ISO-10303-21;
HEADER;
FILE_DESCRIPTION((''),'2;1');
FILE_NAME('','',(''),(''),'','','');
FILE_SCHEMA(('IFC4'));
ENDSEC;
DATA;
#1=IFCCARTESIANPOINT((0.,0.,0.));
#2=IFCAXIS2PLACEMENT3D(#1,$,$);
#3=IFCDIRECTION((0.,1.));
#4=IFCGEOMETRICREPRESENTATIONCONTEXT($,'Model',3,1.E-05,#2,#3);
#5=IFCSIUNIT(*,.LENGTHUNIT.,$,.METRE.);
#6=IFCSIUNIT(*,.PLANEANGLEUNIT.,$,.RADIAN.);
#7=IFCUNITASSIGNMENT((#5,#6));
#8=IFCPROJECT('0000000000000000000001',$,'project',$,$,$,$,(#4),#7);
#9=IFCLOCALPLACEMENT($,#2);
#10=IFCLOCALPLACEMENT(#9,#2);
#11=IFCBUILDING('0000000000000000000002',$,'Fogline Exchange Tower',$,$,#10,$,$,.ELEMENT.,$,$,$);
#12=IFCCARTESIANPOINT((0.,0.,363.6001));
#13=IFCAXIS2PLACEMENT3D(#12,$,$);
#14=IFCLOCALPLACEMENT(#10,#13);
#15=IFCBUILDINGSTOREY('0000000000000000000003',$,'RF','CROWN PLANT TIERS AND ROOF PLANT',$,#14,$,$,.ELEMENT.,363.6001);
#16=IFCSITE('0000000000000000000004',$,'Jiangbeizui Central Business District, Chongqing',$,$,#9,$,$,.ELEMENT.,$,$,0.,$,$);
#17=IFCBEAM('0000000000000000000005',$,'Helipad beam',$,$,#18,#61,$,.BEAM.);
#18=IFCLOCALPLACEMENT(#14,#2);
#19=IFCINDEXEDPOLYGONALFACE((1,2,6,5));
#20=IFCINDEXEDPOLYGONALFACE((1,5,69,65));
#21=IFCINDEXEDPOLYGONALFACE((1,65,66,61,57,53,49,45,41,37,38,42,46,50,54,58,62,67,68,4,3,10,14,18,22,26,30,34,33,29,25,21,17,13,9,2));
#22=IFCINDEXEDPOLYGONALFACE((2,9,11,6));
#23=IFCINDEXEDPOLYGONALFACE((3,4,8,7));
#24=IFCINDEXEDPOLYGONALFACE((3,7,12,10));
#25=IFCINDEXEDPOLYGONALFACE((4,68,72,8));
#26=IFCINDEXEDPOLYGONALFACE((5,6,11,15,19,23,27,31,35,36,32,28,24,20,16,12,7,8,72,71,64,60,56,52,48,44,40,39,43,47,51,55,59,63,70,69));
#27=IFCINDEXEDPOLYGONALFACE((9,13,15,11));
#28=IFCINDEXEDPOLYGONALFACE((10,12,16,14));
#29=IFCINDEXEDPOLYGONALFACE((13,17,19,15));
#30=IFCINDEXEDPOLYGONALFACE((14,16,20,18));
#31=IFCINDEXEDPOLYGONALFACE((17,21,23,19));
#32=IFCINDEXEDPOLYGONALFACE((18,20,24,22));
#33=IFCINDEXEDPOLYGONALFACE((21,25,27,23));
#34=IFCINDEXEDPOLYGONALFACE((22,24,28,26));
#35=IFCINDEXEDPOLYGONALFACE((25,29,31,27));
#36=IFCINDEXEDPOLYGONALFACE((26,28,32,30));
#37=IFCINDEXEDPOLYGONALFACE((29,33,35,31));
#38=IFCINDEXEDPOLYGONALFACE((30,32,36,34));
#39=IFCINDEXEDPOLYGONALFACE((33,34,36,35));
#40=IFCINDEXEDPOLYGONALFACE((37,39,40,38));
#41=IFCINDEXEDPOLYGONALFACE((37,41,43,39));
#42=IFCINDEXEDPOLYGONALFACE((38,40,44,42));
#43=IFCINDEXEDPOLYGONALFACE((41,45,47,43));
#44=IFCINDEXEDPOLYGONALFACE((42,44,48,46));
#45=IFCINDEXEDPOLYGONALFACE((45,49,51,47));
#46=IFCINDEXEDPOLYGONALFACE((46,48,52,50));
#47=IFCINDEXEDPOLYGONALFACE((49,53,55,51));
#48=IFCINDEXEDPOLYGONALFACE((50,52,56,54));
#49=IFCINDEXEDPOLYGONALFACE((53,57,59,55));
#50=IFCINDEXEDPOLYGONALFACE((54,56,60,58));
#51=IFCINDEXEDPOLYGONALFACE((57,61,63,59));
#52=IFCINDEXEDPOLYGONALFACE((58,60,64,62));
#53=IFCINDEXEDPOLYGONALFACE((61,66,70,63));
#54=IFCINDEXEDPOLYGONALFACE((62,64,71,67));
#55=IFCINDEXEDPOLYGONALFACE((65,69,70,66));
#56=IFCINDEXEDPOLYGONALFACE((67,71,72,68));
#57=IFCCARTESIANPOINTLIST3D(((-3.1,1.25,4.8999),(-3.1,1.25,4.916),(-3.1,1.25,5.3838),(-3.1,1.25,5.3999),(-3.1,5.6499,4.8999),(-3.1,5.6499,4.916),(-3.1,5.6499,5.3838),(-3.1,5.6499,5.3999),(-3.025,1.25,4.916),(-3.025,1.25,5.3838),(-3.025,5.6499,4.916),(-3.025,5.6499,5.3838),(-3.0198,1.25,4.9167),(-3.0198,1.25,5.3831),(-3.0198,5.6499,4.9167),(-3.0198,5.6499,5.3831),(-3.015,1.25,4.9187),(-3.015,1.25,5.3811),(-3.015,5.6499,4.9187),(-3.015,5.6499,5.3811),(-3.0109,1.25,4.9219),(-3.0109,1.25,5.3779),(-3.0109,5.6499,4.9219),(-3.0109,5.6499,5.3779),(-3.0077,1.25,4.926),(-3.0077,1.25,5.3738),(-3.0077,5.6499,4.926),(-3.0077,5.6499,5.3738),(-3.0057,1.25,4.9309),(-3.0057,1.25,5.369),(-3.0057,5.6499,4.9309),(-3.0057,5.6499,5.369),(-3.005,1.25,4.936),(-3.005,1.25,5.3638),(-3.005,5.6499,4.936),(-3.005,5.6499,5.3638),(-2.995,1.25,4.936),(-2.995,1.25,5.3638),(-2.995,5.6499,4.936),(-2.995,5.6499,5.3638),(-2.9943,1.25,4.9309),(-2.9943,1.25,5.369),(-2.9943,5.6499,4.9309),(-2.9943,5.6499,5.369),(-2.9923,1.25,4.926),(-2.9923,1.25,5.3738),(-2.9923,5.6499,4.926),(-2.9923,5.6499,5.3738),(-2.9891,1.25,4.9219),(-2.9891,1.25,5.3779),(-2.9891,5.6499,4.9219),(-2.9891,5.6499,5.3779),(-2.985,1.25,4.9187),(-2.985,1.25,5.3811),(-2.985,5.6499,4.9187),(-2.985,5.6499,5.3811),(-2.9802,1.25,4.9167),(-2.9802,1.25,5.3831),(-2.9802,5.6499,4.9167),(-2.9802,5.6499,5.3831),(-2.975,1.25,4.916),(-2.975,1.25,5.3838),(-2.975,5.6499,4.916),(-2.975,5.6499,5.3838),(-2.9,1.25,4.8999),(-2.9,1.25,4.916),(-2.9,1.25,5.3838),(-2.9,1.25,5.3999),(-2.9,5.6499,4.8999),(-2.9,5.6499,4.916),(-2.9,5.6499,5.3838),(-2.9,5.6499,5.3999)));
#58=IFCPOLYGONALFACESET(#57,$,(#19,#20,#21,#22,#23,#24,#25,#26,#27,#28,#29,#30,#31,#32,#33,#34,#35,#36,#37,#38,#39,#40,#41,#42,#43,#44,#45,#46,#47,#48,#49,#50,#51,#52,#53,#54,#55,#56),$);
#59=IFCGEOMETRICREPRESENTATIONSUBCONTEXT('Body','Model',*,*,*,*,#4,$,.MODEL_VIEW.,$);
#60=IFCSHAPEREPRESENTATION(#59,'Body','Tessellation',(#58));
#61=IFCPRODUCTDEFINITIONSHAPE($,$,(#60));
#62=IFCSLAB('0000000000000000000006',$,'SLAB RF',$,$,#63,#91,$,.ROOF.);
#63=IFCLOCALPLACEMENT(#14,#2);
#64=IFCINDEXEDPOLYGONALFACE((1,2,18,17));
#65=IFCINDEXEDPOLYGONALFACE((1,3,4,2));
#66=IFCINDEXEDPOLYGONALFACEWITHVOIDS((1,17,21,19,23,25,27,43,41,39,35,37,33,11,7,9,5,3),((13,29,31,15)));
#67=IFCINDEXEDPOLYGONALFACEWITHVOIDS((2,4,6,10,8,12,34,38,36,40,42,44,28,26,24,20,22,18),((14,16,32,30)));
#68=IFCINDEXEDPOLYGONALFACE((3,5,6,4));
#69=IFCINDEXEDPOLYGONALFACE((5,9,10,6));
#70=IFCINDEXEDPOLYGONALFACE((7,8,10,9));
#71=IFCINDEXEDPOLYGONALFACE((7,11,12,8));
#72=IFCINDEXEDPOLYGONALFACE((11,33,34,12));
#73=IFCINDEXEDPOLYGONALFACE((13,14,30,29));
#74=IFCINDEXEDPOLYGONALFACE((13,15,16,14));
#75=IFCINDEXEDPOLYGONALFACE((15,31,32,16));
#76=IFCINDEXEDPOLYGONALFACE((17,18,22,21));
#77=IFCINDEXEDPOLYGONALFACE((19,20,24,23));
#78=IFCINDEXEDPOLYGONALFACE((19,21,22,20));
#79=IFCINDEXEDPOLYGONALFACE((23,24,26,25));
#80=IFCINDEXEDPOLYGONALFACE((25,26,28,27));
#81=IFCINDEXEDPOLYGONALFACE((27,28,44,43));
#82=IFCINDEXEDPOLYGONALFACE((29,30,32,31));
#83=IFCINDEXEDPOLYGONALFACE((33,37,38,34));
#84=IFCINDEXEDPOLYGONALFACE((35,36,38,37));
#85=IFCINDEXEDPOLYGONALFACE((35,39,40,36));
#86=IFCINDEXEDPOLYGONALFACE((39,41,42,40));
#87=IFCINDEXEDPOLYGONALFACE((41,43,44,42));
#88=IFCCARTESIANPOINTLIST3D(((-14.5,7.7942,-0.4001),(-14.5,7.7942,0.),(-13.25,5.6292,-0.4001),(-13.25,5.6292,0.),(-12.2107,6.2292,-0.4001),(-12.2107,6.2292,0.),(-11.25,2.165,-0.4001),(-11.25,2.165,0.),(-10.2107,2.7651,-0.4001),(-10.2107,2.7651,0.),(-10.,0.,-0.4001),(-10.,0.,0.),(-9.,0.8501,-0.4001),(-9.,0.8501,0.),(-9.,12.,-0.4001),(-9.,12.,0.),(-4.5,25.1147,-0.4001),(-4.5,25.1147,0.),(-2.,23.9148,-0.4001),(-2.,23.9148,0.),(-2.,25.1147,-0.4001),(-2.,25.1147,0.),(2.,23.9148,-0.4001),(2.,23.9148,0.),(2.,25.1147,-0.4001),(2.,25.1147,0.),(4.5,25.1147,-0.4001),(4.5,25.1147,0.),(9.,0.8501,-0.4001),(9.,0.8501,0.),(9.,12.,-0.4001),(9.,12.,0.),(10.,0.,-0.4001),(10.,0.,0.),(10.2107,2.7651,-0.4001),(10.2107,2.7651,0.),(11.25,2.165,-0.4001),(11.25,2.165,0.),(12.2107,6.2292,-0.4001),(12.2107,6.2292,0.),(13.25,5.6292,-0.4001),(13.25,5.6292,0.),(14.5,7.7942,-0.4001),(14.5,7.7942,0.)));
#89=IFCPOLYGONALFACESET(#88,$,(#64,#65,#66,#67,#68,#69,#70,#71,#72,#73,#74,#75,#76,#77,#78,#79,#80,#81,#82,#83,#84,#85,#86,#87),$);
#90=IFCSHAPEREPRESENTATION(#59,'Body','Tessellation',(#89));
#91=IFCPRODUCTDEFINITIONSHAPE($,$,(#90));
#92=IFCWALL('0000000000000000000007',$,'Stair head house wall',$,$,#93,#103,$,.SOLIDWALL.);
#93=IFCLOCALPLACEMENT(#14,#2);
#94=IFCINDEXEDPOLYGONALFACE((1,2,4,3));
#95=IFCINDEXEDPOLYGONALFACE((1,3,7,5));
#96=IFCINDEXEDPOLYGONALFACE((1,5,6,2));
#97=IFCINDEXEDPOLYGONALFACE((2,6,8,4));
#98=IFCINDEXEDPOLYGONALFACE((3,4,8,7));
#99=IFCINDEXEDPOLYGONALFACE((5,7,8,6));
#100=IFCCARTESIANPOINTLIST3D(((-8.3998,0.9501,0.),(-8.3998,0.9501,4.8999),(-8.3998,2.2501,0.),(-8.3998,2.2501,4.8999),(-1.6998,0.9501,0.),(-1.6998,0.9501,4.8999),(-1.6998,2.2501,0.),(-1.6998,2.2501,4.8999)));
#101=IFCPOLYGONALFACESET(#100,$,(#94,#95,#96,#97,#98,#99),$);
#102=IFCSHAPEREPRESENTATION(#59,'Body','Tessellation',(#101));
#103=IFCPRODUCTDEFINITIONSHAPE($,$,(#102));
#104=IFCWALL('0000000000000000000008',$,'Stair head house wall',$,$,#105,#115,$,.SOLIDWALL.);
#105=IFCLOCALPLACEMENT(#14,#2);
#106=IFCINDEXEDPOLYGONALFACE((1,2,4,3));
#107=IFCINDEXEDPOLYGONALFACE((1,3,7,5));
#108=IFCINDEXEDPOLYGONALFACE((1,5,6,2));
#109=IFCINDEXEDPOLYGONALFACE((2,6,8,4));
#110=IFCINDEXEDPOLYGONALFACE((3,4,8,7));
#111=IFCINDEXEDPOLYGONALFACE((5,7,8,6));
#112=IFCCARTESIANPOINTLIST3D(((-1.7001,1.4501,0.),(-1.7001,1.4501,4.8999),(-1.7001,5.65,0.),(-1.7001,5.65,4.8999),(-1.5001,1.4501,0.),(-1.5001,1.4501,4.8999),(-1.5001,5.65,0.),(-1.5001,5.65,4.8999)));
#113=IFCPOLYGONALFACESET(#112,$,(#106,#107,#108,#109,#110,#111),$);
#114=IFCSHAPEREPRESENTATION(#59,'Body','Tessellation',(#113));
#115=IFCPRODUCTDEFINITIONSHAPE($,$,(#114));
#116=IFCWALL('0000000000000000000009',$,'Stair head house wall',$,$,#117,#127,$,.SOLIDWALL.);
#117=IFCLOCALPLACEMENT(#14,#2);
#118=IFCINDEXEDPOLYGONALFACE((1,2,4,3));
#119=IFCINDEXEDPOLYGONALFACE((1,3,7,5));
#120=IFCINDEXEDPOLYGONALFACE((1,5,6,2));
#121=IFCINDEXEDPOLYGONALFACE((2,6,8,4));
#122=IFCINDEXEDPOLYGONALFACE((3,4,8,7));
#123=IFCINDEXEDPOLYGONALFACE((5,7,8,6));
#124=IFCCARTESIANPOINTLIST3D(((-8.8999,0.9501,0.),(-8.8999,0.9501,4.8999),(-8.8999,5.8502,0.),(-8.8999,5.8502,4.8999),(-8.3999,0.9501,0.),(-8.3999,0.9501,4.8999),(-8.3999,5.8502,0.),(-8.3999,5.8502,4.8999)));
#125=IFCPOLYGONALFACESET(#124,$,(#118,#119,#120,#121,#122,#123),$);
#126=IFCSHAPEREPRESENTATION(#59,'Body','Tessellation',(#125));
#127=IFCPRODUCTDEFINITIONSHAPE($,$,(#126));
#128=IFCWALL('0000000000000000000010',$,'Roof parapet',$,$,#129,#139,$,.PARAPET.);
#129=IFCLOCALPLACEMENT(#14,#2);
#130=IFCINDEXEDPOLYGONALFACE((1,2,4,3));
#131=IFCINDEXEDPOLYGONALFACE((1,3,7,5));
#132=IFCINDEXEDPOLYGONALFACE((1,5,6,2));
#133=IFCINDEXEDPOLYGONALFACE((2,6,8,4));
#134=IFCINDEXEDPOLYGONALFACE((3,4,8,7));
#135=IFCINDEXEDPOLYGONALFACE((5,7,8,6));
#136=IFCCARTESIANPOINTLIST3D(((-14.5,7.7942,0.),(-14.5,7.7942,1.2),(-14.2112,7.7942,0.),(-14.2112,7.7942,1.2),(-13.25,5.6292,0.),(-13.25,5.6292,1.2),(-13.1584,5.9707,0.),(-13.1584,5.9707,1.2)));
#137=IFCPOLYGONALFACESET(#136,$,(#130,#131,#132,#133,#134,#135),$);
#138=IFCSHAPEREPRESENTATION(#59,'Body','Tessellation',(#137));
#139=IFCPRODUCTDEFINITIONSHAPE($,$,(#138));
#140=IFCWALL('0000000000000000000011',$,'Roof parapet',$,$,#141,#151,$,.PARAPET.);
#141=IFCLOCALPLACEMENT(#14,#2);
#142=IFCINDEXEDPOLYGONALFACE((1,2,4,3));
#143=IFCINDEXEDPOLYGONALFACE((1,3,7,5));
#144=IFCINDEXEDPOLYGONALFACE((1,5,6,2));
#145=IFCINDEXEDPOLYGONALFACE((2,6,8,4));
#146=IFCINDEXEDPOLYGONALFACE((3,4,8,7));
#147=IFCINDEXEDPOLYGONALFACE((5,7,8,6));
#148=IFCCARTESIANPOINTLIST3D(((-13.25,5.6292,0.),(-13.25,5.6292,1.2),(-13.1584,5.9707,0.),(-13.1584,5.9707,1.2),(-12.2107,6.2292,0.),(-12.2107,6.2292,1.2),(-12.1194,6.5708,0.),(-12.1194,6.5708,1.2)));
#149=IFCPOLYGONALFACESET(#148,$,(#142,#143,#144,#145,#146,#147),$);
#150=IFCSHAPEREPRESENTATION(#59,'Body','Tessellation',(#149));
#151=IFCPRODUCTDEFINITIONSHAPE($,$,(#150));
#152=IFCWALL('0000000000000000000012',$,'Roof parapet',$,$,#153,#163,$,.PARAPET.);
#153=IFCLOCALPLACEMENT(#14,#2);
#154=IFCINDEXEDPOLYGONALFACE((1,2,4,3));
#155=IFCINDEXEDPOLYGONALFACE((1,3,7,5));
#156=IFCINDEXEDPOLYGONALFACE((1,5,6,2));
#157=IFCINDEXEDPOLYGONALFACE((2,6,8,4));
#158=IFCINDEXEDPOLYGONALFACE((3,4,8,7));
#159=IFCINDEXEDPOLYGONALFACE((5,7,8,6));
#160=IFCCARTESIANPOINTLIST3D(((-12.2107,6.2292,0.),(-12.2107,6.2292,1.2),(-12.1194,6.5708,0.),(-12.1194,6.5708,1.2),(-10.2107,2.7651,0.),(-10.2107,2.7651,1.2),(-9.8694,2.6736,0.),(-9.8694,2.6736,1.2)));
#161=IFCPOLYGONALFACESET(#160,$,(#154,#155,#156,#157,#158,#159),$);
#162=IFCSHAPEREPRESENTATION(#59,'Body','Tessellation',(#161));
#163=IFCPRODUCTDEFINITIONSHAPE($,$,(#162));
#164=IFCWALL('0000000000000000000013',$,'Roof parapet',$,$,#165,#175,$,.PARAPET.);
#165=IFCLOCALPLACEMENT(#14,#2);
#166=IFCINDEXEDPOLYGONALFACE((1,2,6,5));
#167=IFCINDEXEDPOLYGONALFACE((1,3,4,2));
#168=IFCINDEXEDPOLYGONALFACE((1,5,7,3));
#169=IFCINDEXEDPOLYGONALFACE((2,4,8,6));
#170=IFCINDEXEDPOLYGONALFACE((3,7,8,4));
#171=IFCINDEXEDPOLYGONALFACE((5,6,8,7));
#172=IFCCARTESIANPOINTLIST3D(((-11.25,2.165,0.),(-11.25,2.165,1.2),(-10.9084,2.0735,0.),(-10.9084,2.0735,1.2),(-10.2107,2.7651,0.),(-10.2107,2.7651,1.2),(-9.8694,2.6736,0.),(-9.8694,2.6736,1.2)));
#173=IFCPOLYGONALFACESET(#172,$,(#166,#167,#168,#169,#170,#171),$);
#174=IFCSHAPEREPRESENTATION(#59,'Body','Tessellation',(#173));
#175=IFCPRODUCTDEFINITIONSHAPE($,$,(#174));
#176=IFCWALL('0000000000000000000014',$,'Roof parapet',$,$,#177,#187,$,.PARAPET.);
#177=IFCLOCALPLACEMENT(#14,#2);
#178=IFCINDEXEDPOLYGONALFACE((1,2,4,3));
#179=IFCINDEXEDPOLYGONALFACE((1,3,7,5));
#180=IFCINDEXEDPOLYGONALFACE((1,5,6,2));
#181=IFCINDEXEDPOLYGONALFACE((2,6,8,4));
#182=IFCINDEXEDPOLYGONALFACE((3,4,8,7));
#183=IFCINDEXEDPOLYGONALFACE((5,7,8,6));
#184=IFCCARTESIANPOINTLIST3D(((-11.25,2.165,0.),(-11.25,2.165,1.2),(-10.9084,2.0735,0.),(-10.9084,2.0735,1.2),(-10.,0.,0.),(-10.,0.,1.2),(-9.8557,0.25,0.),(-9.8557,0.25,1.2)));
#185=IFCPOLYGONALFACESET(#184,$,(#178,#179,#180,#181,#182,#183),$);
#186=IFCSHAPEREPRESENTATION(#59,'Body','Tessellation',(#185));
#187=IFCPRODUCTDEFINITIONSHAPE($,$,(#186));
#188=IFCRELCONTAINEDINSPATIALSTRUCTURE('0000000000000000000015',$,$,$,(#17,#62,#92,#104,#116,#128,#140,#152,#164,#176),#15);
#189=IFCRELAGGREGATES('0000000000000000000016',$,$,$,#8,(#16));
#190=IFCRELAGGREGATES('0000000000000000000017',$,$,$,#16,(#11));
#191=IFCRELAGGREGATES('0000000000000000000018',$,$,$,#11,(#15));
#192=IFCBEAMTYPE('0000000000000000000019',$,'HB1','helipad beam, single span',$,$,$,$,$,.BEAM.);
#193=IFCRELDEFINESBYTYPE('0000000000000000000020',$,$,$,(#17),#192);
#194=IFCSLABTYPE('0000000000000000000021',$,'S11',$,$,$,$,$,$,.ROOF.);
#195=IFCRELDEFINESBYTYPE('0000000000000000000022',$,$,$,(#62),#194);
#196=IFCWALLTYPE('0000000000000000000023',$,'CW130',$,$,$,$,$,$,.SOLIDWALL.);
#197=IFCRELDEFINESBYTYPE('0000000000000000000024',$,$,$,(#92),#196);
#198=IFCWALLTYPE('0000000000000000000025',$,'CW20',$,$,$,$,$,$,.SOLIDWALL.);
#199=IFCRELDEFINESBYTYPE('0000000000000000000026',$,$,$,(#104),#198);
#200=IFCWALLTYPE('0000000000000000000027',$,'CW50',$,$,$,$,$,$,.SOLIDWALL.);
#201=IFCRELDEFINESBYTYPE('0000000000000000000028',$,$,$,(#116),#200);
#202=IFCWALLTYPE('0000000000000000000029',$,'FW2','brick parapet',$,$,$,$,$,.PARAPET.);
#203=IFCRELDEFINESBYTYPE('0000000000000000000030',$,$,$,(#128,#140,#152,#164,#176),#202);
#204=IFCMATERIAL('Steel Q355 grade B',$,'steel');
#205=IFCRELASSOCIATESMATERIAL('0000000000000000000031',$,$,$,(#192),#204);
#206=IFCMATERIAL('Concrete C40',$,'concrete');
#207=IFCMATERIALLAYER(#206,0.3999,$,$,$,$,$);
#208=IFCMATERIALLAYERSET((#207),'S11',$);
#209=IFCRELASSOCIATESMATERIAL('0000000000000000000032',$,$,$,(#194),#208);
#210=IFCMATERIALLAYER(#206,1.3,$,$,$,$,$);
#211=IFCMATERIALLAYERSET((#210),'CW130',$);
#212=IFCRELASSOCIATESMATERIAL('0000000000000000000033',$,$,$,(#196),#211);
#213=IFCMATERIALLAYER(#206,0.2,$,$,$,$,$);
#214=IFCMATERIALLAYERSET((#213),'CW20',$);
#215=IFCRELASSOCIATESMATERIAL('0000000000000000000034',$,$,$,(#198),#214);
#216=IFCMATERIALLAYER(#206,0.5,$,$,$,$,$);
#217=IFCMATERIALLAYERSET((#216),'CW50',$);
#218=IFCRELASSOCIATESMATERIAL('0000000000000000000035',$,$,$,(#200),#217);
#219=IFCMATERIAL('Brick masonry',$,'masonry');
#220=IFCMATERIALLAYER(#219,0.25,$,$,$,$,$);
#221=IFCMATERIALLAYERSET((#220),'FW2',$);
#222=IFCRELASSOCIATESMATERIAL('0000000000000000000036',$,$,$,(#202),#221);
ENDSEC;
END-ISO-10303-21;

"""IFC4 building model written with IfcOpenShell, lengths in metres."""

from ifc_helpers import new_model, si_unit, direction, frame, frame_2d, origin, origin_2d, place, context, subcontext, project, spatial, polyline, rectangle, i_section, outline, extrude, material, layer, layer_set, material_profile, profile_set, type_object, element, save


model = new_model("IFC4")

# Units and contexts
model_context = context("Model", 3, precision=1e-05, world=origin(), true_north=direction((0.0, 1.0)))
body_context = subcontext(model_context, "Body", "Model", "MODEL_VIEW")
ifc_project = project(units=[si_unit("LENGTHUNIT", "METRE"), si_unit("PLANEANGLEUNIT", "RADIAN")], contexts=[model_context])

# Site, building, storey
site_placement = place(None, origin())
site = spatial("IfcSite", under=ifc_project, at=site_placement, Name="Jiangbeizui Central Business District, Chongqing", CompositionType="ELEMENT", RefElevation=0.0)
building_placement = place(site_placement, origin())
building = spatial("IfcBuilding", under=site, at=building_placement, Name="Fogline Exchange Tower", CompositionType="ELEMENT")
storey_placement = place(building_placement, frame((0.0, 0.0, 363.6001)))
storey = spatial("IfcBuildingStorey", under=building, at=storey_placement, Name="RF", Description="CROWN PLANT TIERS AND ROOF PLANT", CompositionType="ELEMENT", Elevation=363.6001)

# Beam
ifc_material_1 = material(Name="Steel Q355 grade B", Category="steel")
ifc_material_profile = material_profile(ifc_material_1, i_section(OverallWidth=0.2, OverallDepth=0.5, WebThickness=0.01, FlangeThickness=0.0161, FilletRadius=0.02, at=origin_2d()), Name="HN500X200X10X16")
ifc_profile_set = profile_set([ifc_material_profile], Name="Steel Q355 grade B")
beam_type = type_object("IfcBeamType", Name="HB1", Description="helipad beam, single span", PredefinedType="BEAM", material=ifc_profile_set)
for number, where, z_axis, x_axis, name in (
    (1, (-3.0, 1.25, 5.1499), (0.0, 1.0, 0.0), (-1.0, 0.0, 0.0), "Helipad beam"),
):
    element("IfcBeam", number, at=place(storey_placement, frame(where, z_axis=z_axis, x_axis=x_axis)), inside=storey, type_object=beam_type, Name=name, PredefinedType="BEAM", context=body_context, shape_type="SweptSolid", body=[
        extrude(i_section(OverallWidth=0.2, OverallDepth=0.5, WebThickness=0.01, FlangeThickness=0.0161, FilletRadius=0.02, at=origin_2d()), origin(), (0.0, 0.0, 1.0), 4.3999),
    ])

# Slab
ifc_material_2 = material(Name="Concrete C40", Category="concrete")
ifc_layer_1 = layer(ifc_material_2, 0.3999)
ifc_layer_set_1 = layer_set([ifc_layer_1], Name="S11")
slab_type = type_object("IfcSlabType", Name="S11", PredefinedType="ROOF", material=ifc_layer_set_1)
slab_placement = place(storey_placement, frame((0.0, 0.0, -0.4001)))
element("IfcSlab", 2, at=slab_placement, inside=storey, type_object=slab_type, Name="SLAB RF", PredefinedType="ROOF", context=body_context, shape_type="SweptSolid", body=[
    extrude(outline(polyline([(-4.5, 25.1147), (-14.5, 7.7942), (-13.25, 5.6292), (-12.2107, 6.2292), (-10.2107, 2.7651), (-11.25, 2.165), (-10.0, 0.0), (10.0, 0.0), (11.25, 2.165), (10.2107, 2.7651), (12.2107, 6.2292), (13.25, 5.6292), (14.5, 7.7942), (4.5, 25.1147), (2.0, 25.1147), (2.0, 23.9148), (-2.0, 23.9148), (-2.0, 25.1147), (-4.5, 25.1147)]), holes=[polyline([(9.0, 0.8501), (-9.0, 0.8501), (-9.0, 12.0), (9.0, 12.0), (9.0, 0.8501)])]), origin(), (0.0, 0.0, 1.0), 0.4001),
])

# Walls
ifc_layer_2 = layer(ifc_material_2, 1.3)
ifc_layer_set_2 = layer_set([ifc_layer_2], Name="CW130")
wall_type_1 = type_object("IfcWallType", Name="CW130", PredefinedType="SOLIDWALL", material=ifc_layer_set_2)
wall_1_placement = place(storey_placement, frame((-8.3999, 1.6001, 0.0), z_axis=(0.0, 0.0, 1.0), x_axis=(1.0, 0.0, 0.0)))
element("IfcWall", 3, at=wall_1_placement, inside=storey, type_object=wall_type_1, Name="Stair head house wall", PredefinedType="SOLIDWALL", context=body_context, shape_type="SweptSolid", body=[
    extrude(rectangle(XDim=6.7, YDim=1.3, at=frame_2d((3.3501, 0.0))), origin(), (0.0, 0.0, 1.0), 4.8999),
])
ifc_layer_3 = layer(ifc_material_2, 0.2)
ifc_layer_set_3 = layer_set([ifc_layer_3], Name="CW20")
wall_type_2 = type_object("IfcWallType", Name="CW20", PredefinedType="SOLIDWALL", material=ifc_layer_set_3)
wall_2_placement = place(storey_placement, frame((-1.6001, 1.45, 0.0), z_axis=(0.0, 0.0, 1.0), x_axis=(0.0, 1.0, 0.0)))
element("IfcWall", 4, at=wall_2_placement, inside=storey, type_object=wall_type_2, Name="Stair head house wall", PredefinedType="SOLIDWALL", context=body_context, shape_type="SweptSolid", body=[
    extrude(rectangle(XDim=4.2, YDim=0.2, at=frame_2d((2.1001, 0.0))), origin(), (0.0, 0.0, 1.0), 4.8999),
])
ifc_layer_4 = layer(ifc_material_2, 0.5)
ifc_layer_set_4 = layer_set([ifc_layer_4], Name="CW50")
wall_type_3 = type_object("IfcWallType", Name="CW50", PredefinedType="SOLIDWALL", material=ifc_layer_set_4)
wall_3_placement = place(storey_placement, frame((-8.6499, 0.95, 0.0), z_axis=(0.0, 0.0, 1.0), x_axis=(0.0, 1.0, 0.0)))
element("IfcWall", 5, at=wall_3_placement, inside=storey, type_object=wall_type_3, Name="Stair head house wall", PredefinedType="SOLIDWALL", context=body_context, shape_type="SweptSolid", body=[
    extrude(rectangle(XDim=4.9001, YDim=0.5, at=frame_2d((2.4502, 0.0))), origin(), (0.0, 0.0, 1.0), 4.8999),
])
ifc_material_3 = material(Name="Brick masonry", Category="masonry")
ifc_layer_5 = layer(ifc_material_3, 0.25)
ifc_layer_set_5 = layer_set([ifc_layer_5], Name="FW2")
wall_type_4 = type_object("IfcWallType", Name="FW2", Description="brick parapet", PredefinedType="PARAPET", material=ifc_layer_set_5)
wall_4_placement = place(storey_placement, origin())
element("IfcWall", 6, at=wall_4_placement, inside=storey, type_object=wall_type_4, Name="Roof parapet", PredefinedType="PARAPET", context=body_context, shape_type="SweptSolid", body=[
    extrude(outline(polyline([(-14.2112, 7.7942), (-14.5, 7.7942), (-13.25, 5.6292), (-13.1584, 5.9707), (-14.2112, 7.7942)])), origin(), (0.0, 0.0, 1.0), 1.2),
])
wall_5_placement = place(storey_placement, origin())
element("IfcWall", 7, at=wall_5_placement, inside=storey, type_object=wall_type_4, Name="Roof parapet", PredefinedType="PARAPET", context=body_context, shape_type="SweptSolid", body=[
    extrude(outline(polyline([(-13.1584, 5.9707), (-13.25, 5.6292), (-12.2107, 6.2292), (-12.1194, 6.5708), (-13.1584, 5.9707)])), origin(), (0.0, 0.0, 1.0), 1.2),
])
wall_6_placement = place(storey_placement, origin())
element("IfcWall", 8, at=wall_6_placement, inside=storey, type_object=wall_type_4, Name="Roof parapet", PredefinedType="PARAPET", context=body_context, shape_type="SweptSolid", body=[
    extrude(outline(polyline([(-12.1194, 6.5708), (-12.2107, 6.2292), (-10.2107, 2.7651), (-9.8694, 2.6736), (-12.1194, 6.5708)])), origin(), (0.0, 0.0, 1.0), 1.2),
])
wall_7_placement = place(storey_placement, origin())
element("IfcWall", 9, at=wall_7_placement, inside=storey, type_object=wall_type_4, Name="Roof parapet", PredefinedType="PARAPET", context=body_context, shape_type="SweptSolid", body=[
    extrude(outline(polyline([(-9.8694, 2.6736), (-10.2107, 2.7651), (-11.25, 2.165), (-10.9084, 2.0735), (-9.8694, 2.6736)])), origin(), (0.0, 0.0, 1.0), 1.2),
])
wall_8_placement = place(storey_placement, origin())
element("IfcWall", 10, at=wall_8_placement, inside=storey, type_object=wall_type_4, Name="Roof parapet", PredefinedType="PARAPET", context=body_context, shape_type="SweptSolid", body=[
    extrude(outline(polyline([(-10.9084, 2.0735), (-11.25, 2.165), (-10.0, 0.0), (-9.8557, 0.25), (-10.9084, 2.0735)])), origin(), (0.0, 0.0, 1.0), 1.2),
])

save(model, "model.ifc")
